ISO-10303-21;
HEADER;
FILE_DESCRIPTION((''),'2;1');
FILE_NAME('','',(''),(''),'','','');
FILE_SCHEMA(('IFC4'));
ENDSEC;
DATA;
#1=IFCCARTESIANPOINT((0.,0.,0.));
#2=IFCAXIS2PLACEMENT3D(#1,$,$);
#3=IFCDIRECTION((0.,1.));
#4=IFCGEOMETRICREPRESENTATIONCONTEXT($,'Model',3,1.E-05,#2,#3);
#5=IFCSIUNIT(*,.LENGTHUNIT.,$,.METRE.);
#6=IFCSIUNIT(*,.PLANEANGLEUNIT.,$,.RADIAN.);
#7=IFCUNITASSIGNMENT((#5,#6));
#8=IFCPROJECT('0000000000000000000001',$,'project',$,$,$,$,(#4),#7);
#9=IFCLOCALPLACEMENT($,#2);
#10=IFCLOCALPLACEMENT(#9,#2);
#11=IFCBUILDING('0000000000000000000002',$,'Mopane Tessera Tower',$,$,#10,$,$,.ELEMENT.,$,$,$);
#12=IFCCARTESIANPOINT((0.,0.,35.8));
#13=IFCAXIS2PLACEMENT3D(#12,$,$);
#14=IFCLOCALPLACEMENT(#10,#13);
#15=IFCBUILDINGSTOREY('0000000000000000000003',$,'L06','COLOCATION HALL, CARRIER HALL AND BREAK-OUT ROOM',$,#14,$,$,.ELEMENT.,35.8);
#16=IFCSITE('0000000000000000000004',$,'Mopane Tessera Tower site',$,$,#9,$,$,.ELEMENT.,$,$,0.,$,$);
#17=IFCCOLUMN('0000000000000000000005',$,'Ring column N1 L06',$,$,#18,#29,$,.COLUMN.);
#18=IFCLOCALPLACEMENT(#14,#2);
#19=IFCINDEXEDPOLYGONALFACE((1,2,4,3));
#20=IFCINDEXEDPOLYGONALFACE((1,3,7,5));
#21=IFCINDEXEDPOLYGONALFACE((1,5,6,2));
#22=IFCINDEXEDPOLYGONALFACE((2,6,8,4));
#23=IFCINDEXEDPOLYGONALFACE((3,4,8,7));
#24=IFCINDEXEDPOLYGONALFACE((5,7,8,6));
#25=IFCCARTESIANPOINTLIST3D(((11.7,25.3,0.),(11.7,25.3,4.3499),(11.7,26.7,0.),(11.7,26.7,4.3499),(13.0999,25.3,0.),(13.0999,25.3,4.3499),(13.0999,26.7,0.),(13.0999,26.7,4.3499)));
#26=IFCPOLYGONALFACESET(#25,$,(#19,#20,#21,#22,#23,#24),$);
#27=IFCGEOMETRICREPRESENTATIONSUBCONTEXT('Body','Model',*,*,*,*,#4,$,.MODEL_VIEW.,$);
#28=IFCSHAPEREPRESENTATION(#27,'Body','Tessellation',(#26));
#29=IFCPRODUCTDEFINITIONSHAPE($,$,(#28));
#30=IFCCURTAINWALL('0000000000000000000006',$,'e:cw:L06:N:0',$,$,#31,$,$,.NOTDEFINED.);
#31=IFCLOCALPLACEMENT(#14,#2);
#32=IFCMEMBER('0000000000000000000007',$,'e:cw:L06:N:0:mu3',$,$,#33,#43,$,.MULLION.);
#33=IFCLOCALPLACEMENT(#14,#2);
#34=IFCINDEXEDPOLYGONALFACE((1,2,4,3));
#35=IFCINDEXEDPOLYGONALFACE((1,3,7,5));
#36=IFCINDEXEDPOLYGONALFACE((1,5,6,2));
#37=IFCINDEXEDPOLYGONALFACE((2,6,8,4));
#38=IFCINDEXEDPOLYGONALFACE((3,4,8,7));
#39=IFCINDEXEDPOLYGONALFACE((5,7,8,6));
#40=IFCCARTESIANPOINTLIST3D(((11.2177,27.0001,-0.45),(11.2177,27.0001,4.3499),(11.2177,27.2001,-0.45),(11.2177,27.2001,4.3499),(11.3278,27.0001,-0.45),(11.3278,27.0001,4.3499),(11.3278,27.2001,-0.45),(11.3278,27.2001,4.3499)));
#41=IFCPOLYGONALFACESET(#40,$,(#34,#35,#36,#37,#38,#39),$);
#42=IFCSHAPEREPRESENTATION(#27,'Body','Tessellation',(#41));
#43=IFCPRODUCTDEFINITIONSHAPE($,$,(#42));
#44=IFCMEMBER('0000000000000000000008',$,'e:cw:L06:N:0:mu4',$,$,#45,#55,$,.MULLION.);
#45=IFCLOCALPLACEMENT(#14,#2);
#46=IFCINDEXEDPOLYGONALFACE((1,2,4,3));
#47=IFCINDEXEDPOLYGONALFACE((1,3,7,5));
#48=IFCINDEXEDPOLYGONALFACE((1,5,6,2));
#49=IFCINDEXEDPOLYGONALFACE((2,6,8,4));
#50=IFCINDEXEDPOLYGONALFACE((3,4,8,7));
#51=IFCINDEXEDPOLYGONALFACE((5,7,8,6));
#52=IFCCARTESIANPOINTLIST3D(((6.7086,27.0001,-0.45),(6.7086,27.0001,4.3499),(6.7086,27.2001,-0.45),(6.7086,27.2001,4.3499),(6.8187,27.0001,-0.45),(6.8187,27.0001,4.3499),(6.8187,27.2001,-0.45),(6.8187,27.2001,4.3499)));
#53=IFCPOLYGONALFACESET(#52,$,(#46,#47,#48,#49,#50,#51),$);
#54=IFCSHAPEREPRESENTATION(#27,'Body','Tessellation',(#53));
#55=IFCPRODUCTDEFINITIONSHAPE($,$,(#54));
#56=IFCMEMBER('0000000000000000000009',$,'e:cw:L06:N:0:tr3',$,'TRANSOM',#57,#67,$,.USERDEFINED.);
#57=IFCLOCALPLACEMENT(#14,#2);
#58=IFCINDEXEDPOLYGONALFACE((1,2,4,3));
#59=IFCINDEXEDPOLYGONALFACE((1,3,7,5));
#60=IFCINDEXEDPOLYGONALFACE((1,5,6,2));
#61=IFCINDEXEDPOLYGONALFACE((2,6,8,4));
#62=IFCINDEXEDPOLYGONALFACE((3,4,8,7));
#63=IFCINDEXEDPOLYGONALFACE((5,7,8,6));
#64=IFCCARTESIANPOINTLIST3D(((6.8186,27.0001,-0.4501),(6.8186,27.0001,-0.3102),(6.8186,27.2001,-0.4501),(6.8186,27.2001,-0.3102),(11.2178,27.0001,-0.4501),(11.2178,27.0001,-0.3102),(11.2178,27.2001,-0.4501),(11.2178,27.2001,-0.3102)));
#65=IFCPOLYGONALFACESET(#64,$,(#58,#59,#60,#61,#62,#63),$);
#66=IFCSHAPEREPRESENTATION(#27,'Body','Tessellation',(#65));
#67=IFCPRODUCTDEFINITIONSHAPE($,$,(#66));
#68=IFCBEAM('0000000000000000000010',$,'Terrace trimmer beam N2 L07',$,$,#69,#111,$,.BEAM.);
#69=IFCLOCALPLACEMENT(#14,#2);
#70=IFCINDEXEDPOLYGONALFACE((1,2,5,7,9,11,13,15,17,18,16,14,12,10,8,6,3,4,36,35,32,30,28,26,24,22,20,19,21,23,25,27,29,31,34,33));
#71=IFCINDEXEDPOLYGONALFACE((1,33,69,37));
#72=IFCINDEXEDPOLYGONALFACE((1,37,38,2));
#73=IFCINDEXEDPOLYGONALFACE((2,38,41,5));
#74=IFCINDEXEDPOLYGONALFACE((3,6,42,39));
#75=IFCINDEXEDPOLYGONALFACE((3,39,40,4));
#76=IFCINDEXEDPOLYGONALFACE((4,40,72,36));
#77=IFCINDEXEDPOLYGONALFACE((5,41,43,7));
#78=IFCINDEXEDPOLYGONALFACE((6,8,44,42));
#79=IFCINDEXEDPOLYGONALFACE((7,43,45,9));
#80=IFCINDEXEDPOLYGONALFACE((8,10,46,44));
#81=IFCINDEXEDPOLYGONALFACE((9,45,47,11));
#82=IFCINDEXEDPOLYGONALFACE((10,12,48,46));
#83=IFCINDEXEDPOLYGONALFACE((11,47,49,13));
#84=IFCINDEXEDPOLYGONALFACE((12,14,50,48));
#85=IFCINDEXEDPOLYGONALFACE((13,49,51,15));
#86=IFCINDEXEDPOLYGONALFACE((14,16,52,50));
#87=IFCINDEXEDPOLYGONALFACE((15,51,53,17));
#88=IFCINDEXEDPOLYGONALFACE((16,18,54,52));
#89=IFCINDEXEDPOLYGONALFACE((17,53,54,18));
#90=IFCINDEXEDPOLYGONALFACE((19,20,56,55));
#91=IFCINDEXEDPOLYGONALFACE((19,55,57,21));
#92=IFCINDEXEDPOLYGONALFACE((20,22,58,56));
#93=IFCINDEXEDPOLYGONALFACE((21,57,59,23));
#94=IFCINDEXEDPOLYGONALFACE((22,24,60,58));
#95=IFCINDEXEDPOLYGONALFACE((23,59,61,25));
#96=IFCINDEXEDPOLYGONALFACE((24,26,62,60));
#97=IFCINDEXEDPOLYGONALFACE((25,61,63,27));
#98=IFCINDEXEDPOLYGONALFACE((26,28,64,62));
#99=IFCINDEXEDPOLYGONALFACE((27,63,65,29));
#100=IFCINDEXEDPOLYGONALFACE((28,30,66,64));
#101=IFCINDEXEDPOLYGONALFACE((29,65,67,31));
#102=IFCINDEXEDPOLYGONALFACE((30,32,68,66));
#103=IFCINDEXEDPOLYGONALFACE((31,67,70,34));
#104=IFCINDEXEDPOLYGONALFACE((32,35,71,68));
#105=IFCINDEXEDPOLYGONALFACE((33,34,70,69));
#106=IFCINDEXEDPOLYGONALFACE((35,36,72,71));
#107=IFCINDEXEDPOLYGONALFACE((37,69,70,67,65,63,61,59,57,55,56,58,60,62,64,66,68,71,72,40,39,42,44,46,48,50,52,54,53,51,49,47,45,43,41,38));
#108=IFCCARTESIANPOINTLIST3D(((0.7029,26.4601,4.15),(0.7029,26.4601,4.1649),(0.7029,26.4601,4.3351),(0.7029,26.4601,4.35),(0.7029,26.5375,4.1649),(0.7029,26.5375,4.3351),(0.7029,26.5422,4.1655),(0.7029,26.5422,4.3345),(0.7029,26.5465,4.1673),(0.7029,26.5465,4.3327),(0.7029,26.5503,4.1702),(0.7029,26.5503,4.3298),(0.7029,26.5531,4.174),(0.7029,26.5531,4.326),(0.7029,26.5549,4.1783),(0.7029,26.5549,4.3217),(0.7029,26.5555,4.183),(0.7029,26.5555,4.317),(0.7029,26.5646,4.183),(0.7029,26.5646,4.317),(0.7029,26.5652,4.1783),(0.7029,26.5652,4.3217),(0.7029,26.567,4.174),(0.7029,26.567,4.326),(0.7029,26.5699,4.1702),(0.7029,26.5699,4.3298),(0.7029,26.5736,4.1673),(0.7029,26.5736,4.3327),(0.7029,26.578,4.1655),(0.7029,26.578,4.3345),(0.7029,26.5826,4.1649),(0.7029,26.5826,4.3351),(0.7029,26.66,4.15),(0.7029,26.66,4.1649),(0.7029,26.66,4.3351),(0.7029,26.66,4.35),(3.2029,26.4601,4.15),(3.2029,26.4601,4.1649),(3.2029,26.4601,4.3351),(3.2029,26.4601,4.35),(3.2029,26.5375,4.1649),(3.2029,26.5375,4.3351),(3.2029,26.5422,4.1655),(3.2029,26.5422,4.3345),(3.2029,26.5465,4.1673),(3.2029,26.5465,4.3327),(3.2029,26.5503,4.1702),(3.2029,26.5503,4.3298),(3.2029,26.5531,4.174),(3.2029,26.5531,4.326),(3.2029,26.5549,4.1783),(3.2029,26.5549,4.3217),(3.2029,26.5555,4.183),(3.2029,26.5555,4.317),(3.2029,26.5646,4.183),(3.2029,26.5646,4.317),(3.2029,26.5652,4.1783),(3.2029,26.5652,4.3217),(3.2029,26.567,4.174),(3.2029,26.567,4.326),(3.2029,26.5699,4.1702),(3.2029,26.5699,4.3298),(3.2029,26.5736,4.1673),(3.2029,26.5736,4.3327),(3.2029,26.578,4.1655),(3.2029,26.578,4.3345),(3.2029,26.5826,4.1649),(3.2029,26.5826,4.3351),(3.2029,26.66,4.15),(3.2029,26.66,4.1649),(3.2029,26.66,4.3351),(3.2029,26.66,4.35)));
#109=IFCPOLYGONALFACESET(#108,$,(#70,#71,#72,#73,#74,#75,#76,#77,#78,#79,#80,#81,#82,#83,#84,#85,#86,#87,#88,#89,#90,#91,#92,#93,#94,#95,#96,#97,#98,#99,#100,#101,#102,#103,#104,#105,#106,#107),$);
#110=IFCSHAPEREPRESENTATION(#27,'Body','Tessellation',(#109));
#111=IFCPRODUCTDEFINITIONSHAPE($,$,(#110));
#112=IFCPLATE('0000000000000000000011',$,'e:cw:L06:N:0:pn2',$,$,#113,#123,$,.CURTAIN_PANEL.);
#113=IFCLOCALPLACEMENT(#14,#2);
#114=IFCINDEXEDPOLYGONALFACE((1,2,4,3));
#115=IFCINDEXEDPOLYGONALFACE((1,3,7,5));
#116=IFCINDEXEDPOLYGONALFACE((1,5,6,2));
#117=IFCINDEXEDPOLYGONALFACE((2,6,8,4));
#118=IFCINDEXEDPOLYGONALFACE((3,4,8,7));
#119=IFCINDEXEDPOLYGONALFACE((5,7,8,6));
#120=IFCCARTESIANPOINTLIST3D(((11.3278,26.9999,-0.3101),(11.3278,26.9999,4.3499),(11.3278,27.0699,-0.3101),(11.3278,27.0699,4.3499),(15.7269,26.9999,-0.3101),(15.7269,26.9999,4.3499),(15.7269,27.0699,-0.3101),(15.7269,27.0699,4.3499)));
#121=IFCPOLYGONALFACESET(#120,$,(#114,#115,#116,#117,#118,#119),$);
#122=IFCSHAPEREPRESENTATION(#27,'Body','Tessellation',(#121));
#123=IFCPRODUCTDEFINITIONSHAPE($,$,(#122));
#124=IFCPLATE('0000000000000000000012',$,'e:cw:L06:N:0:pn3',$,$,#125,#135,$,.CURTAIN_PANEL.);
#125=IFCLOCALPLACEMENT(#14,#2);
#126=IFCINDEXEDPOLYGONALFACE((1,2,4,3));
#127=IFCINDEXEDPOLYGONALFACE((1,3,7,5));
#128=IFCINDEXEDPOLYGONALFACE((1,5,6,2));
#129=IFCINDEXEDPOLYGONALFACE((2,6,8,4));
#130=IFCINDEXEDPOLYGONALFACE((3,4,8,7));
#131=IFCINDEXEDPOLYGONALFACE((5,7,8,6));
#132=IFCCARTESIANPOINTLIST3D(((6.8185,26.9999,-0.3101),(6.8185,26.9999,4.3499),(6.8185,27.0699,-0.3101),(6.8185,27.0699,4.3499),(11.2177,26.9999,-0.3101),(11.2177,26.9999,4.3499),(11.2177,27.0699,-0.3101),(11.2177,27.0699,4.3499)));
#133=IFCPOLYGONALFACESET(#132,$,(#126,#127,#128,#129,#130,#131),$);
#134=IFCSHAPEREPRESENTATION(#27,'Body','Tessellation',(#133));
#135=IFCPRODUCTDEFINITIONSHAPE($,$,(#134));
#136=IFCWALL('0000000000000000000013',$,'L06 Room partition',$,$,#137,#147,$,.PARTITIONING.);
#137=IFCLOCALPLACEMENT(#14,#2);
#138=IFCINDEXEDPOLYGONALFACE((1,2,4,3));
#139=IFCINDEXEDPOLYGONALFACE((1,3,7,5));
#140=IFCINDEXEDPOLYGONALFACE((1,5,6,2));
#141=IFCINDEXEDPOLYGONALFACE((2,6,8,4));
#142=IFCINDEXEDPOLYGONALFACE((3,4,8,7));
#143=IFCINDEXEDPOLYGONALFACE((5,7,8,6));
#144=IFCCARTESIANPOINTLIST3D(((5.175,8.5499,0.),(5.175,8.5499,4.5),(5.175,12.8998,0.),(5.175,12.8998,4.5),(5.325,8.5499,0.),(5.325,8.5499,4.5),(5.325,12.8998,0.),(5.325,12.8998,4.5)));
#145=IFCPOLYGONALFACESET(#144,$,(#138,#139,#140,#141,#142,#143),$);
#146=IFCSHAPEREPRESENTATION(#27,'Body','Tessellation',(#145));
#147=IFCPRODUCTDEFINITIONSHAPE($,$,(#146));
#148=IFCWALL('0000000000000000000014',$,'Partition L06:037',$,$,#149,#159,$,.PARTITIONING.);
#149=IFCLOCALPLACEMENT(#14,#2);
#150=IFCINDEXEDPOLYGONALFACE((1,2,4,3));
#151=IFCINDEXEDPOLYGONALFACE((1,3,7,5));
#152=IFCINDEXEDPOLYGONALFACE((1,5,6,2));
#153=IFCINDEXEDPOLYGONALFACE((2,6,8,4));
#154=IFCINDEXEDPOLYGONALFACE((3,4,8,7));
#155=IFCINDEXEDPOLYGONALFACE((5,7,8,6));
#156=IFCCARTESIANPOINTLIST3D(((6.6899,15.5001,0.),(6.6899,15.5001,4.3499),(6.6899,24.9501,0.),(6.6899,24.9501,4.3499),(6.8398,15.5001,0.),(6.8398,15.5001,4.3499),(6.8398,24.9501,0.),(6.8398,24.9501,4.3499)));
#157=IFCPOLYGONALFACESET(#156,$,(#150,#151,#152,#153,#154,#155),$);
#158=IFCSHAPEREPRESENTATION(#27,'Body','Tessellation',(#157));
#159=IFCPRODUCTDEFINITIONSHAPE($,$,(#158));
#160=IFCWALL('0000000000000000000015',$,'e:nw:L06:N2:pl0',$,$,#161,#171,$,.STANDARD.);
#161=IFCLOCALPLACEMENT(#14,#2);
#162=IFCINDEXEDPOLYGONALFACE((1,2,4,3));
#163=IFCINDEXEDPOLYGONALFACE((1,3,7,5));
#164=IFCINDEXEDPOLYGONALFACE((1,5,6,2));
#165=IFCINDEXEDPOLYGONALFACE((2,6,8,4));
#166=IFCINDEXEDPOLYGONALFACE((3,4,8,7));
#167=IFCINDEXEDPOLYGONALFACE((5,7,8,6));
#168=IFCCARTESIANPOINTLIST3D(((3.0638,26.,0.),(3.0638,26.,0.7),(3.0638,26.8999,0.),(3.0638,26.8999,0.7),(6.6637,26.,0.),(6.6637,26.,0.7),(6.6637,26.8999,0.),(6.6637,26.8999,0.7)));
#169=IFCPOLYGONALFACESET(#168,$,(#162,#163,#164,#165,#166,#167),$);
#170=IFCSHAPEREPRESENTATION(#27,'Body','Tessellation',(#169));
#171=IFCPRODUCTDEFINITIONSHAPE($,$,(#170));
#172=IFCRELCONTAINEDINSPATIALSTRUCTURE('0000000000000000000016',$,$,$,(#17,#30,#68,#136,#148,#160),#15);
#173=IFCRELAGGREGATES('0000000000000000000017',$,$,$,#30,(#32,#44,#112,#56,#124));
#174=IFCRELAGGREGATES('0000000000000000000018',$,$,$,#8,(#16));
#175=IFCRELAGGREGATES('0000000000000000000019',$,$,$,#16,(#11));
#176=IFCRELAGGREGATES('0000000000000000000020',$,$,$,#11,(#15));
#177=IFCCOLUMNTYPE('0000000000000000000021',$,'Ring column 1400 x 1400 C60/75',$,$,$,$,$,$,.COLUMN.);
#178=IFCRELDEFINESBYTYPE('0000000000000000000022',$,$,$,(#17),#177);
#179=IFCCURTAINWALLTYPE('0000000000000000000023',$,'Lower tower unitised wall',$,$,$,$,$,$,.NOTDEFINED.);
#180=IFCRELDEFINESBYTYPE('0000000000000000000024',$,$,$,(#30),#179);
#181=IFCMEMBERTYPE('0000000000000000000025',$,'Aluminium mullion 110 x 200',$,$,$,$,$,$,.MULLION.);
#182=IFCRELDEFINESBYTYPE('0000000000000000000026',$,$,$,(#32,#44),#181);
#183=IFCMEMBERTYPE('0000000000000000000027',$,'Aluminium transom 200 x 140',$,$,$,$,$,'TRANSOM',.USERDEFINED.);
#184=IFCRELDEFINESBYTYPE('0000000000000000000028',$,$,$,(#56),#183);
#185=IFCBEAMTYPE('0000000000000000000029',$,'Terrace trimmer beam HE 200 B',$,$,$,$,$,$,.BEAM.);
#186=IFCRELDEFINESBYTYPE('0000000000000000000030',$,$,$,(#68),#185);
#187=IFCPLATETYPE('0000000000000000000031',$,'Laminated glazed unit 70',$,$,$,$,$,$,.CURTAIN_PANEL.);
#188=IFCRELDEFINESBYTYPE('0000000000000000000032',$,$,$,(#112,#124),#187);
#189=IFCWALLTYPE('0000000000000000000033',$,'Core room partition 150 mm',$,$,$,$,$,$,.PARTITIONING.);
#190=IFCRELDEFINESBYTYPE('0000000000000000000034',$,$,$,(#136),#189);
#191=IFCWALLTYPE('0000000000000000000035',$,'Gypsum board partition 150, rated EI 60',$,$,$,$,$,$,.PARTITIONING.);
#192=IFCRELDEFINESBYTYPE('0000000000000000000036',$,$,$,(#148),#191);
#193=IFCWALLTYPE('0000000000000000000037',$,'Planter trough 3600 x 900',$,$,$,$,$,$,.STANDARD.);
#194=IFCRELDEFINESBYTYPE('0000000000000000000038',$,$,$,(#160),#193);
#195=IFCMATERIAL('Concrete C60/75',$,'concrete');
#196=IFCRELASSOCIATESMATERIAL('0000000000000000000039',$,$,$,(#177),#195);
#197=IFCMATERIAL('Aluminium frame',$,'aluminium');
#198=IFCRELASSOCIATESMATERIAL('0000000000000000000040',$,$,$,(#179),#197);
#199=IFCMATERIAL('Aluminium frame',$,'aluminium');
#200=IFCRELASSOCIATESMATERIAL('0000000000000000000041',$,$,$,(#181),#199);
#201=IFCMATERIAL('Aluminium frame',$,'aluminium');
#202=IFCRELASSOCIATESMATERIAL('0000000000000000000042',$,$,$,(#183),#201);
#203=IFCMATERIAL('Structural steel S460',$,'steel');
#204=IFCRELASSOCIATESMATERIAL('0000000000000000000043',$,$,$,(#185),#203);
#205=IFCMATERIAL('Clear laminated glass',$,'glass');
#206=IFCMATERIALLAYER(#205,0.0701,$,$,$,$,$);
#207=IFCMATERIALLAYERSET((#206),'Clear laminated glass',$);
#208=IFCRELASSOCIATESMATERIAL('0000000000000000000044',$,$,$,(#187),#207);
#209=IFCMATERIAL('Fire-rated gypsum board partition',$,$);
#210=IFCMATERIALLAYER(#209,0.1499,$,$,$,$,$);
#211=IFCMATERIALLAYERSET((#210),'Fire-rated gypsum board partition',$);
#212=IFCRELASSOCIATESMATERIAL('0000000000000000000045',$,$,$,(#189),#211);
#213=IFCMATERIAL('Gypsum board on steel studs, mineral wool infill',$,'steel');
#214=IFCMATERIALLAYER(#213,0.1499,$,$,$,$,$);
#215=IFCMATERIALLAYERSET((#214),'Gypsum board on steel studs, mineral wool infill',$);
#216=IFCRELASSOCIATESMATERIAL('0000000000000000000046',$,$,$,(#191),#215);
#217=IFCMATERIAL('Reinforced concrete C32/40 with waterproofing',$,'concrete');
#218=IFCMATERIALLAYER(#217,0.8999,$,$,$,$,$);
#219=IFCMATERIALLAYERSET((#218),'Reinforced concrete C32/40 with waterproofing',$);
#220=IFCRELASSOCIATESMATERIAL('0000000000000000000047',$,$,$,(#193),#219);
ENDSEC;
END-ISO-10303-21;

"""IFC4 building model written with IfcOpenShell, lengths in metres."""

from ifc_helpers import new_model, si_unit, direction, frame, frame_2d, origin, origin_2d, place, context, subcontext, project, spatial, rectangle, i_section, extrude, material, layer, layer_set, material_profile, profile_set, type_object, element, aggregate, save


model = new_model("IFC4")

# Units and contexts
model_context = context("Model", 3, precision=1e-05, world=origin(), true_north=direction((0.0, 1.0)))
body_context = subcontext(model_context, "Body", "Model", "MODEL_VIEW")
ifc_project = project(units=[si_unit("LENGTHUNIT", "METRE"), si_unit("PLANEANGLEUNIT", "RADIAN")], contexts=[model_context])

# Site, building, storey
site_placement = place(None, origin())
site = spatial("IfcSite", under=ifc_project, at=site_placement, Name="Mopane Tessera Tower site", CompositionType="ELEMENT", RefElevation=0.0)
building_placement = place(site_placement, origin())
building = spatial("IfcBuilding", under=site, at=building_placement, Name="Mopane Tessera Tower", CompositionType="ELEMENT")
storey_placement = place(building_placement, frame((0.0, 0.0, 35.8)))
storey = spatial("IfcBuildingStorey", under=building, at=storey_placement, Name="L06", Description="COLOCATION HALL, CARRIER HALL AND BREAK-OUT ROOM", CompositionType="ELEMENT", Elevation=35.8)

# Column
ifc_material_1 = material(Name="Concrete C60/75", Category="concrete")
ifc_material_profile_1 = material_profile(ifc_material_1, rectangle(XDim=1.3999, YDim=1.3999, at=origin_2d()))
ifc_profile_set_1 = profile_set([ifc_material_profile_1], Name="Concrete C60/75")
column_type = type_object("IfcColumnType", Name="Ring column 1400 x 1400 C60/75", PredefinedType="COLUMN", material=ifc_profile_set_1)
column_placement = place(storey_placement, frame((12.3999, 26.0, 0.0), z_axis=(0.0, 0.0, 1.0), x_axis=(1.0, 0.0, 0.0)))
element("IfcColumn", 1, at=column_placement, inside=storey, type_object=column_type, Name="Ring column N1 L06", PredefinedType="COLUMN", context=body_context, shape_type="SweptSolid", body=[
    extrude(rectangle(XDim=1.3999, YDim=1.3999, at=origin_2d()), origin(), (0.0, 0.0, 1.0), 4.3499),
])

# Curtain wall, members
ifc_material_2 = material(Name="Aluminium frame", Category="aluminium")
curtain_wall_type = type_object("IfcCurtainWallType", Name="Lower tower unitised wall", PredefinedType="NOTDEFINED", material=ifc_material_2)
curtain_wall_placement = place(storey_placement, origin())
curtain_wall = element("IfcCurtainWall", 2, at=curtain_wall_placement, inside=storey, type_object=curtain_wall_type, Name="e:cw:L06:N:0", PredefinedType="NOTDEFINED")
ifc_material_3 = material(Name="Aluminium frame", Category="aluminium")
ifc_material_profile_2 = material_profile(ifc_material_3, rectangle(XDim=0.1101, YDim=0.2, at=origin_2d()))
ifc_profile_set_2 = profile_set([ifc_material_profile_2], Name="Aluminium frame")
member_type_1 = type_object("IfcMemberType", Name="Aluminium mullion 110 x 200", PredefinedType="MULLION", material=ifc_profile_set_2)
member_1_placement = place(storey_placement, frame((11.2727, 27.1001, -0.45), z_axis=(0.0, 0.0, 1.0), x_axis=(-1.0, 0.0, 0.0)))
member_1 = element("IfcMember", 3, at=member_1_placement, type_object=member_type_1, Name="e:cw:L06:N:0:mu3", PredefinedType="MULLION", context=body_context, shape_type="SweptSolid", body=[
    extrude(rectangle(XDim=0.1101, YDim=0.2, at=origin_2d()), origin(), (0.0, 0.0, 1.0), 4.7998),
])
member_2_placement = place(storey_placement, frame((6.7637, 27.1001, -0.45), z_axis=(0.0, 0.0, 1.0), x_axis=(-1.0, 0.0, 0.0)))
member_2 = element("IfcMember", 4, at=member_2_placement, type_object=member_type_1, Name="e:cw:L06:N:0:mu4", PredefinedType="MULLION", context=body_context, shape_type="SweptSolid", body=[
    extrude(rectangle(XDim=0.1101, YDim=0.2, at=origin_2d()), origin(), (0.0, 0.0, 1.0), 4.7998),
])
ifc_material_4 = material(Name="Aluminium frame", Category="aluminium")
ifc_material_profile_3 = material_profile(ifc_material_4, rectangle(XDim=0.2, YDim=0.1399, at=origin_2d()))
ifc_profile_set_3 = profile_set([ifc_material_profile_3], Name="Aluminium frame")
member_type_2 = type_object("IfcMemberType", Name="Aluminium transom 200 x 140", ElementType="TRANSOM", PredefinedType="USERDEFINED", material=ifc_profile_set_3)
member_3_placement = place(storey_placement, frame((11.2178, 27.1001, -0.3801), z_axis=(-1.0, 0.0, 0.0), x_axis=(0.0, -1.0, 0.0)))
member_3 = element("IfcMember", 5, at=member_3_placement, type_object=member_type_2, Name="e:cw:L06:N:0:tr3", ObjectType="TRANSOM", PredefinedType="USERDEFINED", context=body_context, shape_type="SweptSolid", body=[
    extrude(rectangle(XDim=0.2, YDim=0.1399, at=origin_2d()), origin(), (0.0, 0.0, 1.0), 4.3992),
])

# Beam
ifc_material_5 = material(Name="Structural steel S460", Category="steel")
ifc_material_profile_4 = material_profile(ifc_material_5, i_section(OverallWidth=0.2, OverallDepth=0.2, WebThickness=0.009, FlangeThickness=0.0149, FilletRadius=0.0181, at=origin_2d()))
ifc_profile_set_4 = profile_set([ifc_material_profile_4], Name="Structural steel S460")
beam_type = type_object("IfcBeamType", Name="Terrace trimmer beam HE 200 B", PredefinedType="BEAM", material=ifc_profile_set_4)
beam_placement = place(storey_placement, frame((0.7029, 26.5601, 4.25), z_axis=(1.0, 0.0, 0.0), x_axis=(0.0, 1.0, 0.0)))
element("IfcBeam", 6, at=beam_placement, inside=storey, type_object=beam_type, Name="Terrace trimmer beam N2 L07", PredefinedType="BEAM", context=body_context, shape_type="SweptSolid", body=[
    extrude(i_section(OverallWidth=0.2, OverallDepth=0.2, WebThickness=0.009, FlangeThickness=0.0149, FilletRadius=0.0181, at=origin_2d()), origin(), (0.0, 0.0, 1.0), 2.5),
])

# Plates
ifc_material_6 = material(Name="Clear laminated glass", Category="glass")
ifc_layer_1 = layer(ifc_material_6, 0.0701)
ifc_layer_set_1 = layer_set([ifc_layer_1], Name="Clear laminated glass")
plate_type = type_object("IfcPlateType", Name="Laminated glazed unit 70", PredefinedType="CURTAIN_PANEL", material=ifc_layer_set_1)
plate_1_placement = place(storey_placement, frame((13.5273, 27.0349, -0.3101), z_axis=(0.0, 0.0, 1.0), x_axis=(-1.0, 0.0, 0.0)))
plate_1 = element("IfcPlate", 7, at=plate_1_placement, type_object=plate_type, Name="e:cw:L06:N:0:pn2", PredefinedType="CURTAIN_PANEL", context=body_context, shape_type="SweptSolid", body=[
    extrude(rectangle(XDim=4.3992, YDim=0.0701, at=origin_2d()), origin(), (0.0, 0.0, 1.0), 4.6599),
])
plate_2_placement = place(storey_placement, frame((9.0181, 27.0349, -0.3101), z_axis=(0.0, 0.0, 1.0), x_axis=(-1.0, 0.0, 0.0)))
plate_2 = element("IfcPlate", 8, at=plate_2_placement, type_object=plate_type, Name="e:cw:L06:N:0:pn3", PredefinedType="CURTAIN_PANEL", context=body_context, shape_type="SweptSolid", body=[
    extrude(rectangle(XDim=4.3992, YDim=0.0701, at=origin_2d()), origin(), (0.0, 0.0, 1.0), 4.6599),
])
aggregate(curtain_wall, [member_1, member_2, plate_1, member_3, plate_2])

# Walls
ifc_material_7 = material(Name="Fire-rated gypsum board partition")
ifc_layer_2 = layer(ifc_material_7, 0.1499)
ifc_layer_set_2 = layer_set([ifc_layer_2], Name="Fire-rated gypsum board partition")
wall_type_1 = type_object("IfcWallType", Name="Core room partition 150 mm", PredefinedType="PARTITIONING", material=ifc_layer_set_2)
wall_1_placement = place(storey_placement, frame((5.25, 8.55, 0.0), z_axis=(0.0, 0.0, 1.0), x_axis=(0.0, 1.0, 0.0)))
element("IfcWall", 9, at=wall_1_placement, inside=storey, type_object=wall_type_1, Name="L06 Room partition", PredefinedType="PARTITIONING", context=body_context, shape_type="SweptSolid", body=[
    extrude(rectangle(XDim=4.3499, YDim=0.1499, at=frame_2d((2.1748, 0.0))), origin(), (0.0, 0.0, 1.0), 4.5),
])
ifc_material_8 = material(Name="Gypsum board on steel studs, mineral wool infill", Category="steel")
ifc_layer_3 = layer(ifc_material_8, 0.1499)
ifc_layer_set_3 = layer_set([ifc_layer_3], Name="Gypsum board on steel studs, mineral wool infill")
wall_type_2 = type_object("IfcWallType", Name="Gypsum board partition 150, rated EI 60", PredefinedType="PARTITIONING", material=ifc_layer_set_3)
wall_2_placement = place(storey_placement, frame((6.7649, 15.5, 0.0), z_axis=(0.0, 0.0, 1.0), x_axis=(0.0, 1.0, 0.0)))
element("IfcWall", 10, at=wall_2_placement, inside=storey, type_object=wall_type_2, Name="Partition L06:037", PredefinedType="PARTITIONING", context=body_context, shape_type="SweptSolid", body=[
    extrude(rectangle(XDim=9.45, YDim=0.1499, at=frame_2d((4.7251, 0.0))), origin(), (0.0, 0.0, 1.0), 4.3499),
])
ifc_material_9 = material(Name="Reinforced concrete C32/40 with waterproofing", Category="concrete")
ifc_layer_4 = layer(ifc_material_9, 0.8999)
ifc_layer_set_4 = layer_set([ifc_layer_4], Name="Reinforced concrete C32/40 with waterproofing")
wall_type_3 = type_object("IfcWallType", Name="Planter trough 3600 x 900", PredefinedType="STANDARD", material=ifc_layer_set_4)
wall_3_placement = place(storey_placement, frame((6.6636, 26.45, 0.0), z_axis=(0.0, 0.0, 1.0), x_axis=(-1.0, 0.0, 0.0)))
element("IfcWall", 11, at=wall_3_placement, inside=storey, type_object=wall_type_3, Name="e:nw:L06:N2:pl0", PredefinedType="STANDARD", context=body_context, shape_type="SweptSolid", body=[
    extrude(rectangle(XDim=3.5999, YDim=0.8999, at=frame_2d((1.7998, 0.0))), origin(), (0.0, 0.0, 1.0), 0.7),
])

save(model, "model.ifc")
